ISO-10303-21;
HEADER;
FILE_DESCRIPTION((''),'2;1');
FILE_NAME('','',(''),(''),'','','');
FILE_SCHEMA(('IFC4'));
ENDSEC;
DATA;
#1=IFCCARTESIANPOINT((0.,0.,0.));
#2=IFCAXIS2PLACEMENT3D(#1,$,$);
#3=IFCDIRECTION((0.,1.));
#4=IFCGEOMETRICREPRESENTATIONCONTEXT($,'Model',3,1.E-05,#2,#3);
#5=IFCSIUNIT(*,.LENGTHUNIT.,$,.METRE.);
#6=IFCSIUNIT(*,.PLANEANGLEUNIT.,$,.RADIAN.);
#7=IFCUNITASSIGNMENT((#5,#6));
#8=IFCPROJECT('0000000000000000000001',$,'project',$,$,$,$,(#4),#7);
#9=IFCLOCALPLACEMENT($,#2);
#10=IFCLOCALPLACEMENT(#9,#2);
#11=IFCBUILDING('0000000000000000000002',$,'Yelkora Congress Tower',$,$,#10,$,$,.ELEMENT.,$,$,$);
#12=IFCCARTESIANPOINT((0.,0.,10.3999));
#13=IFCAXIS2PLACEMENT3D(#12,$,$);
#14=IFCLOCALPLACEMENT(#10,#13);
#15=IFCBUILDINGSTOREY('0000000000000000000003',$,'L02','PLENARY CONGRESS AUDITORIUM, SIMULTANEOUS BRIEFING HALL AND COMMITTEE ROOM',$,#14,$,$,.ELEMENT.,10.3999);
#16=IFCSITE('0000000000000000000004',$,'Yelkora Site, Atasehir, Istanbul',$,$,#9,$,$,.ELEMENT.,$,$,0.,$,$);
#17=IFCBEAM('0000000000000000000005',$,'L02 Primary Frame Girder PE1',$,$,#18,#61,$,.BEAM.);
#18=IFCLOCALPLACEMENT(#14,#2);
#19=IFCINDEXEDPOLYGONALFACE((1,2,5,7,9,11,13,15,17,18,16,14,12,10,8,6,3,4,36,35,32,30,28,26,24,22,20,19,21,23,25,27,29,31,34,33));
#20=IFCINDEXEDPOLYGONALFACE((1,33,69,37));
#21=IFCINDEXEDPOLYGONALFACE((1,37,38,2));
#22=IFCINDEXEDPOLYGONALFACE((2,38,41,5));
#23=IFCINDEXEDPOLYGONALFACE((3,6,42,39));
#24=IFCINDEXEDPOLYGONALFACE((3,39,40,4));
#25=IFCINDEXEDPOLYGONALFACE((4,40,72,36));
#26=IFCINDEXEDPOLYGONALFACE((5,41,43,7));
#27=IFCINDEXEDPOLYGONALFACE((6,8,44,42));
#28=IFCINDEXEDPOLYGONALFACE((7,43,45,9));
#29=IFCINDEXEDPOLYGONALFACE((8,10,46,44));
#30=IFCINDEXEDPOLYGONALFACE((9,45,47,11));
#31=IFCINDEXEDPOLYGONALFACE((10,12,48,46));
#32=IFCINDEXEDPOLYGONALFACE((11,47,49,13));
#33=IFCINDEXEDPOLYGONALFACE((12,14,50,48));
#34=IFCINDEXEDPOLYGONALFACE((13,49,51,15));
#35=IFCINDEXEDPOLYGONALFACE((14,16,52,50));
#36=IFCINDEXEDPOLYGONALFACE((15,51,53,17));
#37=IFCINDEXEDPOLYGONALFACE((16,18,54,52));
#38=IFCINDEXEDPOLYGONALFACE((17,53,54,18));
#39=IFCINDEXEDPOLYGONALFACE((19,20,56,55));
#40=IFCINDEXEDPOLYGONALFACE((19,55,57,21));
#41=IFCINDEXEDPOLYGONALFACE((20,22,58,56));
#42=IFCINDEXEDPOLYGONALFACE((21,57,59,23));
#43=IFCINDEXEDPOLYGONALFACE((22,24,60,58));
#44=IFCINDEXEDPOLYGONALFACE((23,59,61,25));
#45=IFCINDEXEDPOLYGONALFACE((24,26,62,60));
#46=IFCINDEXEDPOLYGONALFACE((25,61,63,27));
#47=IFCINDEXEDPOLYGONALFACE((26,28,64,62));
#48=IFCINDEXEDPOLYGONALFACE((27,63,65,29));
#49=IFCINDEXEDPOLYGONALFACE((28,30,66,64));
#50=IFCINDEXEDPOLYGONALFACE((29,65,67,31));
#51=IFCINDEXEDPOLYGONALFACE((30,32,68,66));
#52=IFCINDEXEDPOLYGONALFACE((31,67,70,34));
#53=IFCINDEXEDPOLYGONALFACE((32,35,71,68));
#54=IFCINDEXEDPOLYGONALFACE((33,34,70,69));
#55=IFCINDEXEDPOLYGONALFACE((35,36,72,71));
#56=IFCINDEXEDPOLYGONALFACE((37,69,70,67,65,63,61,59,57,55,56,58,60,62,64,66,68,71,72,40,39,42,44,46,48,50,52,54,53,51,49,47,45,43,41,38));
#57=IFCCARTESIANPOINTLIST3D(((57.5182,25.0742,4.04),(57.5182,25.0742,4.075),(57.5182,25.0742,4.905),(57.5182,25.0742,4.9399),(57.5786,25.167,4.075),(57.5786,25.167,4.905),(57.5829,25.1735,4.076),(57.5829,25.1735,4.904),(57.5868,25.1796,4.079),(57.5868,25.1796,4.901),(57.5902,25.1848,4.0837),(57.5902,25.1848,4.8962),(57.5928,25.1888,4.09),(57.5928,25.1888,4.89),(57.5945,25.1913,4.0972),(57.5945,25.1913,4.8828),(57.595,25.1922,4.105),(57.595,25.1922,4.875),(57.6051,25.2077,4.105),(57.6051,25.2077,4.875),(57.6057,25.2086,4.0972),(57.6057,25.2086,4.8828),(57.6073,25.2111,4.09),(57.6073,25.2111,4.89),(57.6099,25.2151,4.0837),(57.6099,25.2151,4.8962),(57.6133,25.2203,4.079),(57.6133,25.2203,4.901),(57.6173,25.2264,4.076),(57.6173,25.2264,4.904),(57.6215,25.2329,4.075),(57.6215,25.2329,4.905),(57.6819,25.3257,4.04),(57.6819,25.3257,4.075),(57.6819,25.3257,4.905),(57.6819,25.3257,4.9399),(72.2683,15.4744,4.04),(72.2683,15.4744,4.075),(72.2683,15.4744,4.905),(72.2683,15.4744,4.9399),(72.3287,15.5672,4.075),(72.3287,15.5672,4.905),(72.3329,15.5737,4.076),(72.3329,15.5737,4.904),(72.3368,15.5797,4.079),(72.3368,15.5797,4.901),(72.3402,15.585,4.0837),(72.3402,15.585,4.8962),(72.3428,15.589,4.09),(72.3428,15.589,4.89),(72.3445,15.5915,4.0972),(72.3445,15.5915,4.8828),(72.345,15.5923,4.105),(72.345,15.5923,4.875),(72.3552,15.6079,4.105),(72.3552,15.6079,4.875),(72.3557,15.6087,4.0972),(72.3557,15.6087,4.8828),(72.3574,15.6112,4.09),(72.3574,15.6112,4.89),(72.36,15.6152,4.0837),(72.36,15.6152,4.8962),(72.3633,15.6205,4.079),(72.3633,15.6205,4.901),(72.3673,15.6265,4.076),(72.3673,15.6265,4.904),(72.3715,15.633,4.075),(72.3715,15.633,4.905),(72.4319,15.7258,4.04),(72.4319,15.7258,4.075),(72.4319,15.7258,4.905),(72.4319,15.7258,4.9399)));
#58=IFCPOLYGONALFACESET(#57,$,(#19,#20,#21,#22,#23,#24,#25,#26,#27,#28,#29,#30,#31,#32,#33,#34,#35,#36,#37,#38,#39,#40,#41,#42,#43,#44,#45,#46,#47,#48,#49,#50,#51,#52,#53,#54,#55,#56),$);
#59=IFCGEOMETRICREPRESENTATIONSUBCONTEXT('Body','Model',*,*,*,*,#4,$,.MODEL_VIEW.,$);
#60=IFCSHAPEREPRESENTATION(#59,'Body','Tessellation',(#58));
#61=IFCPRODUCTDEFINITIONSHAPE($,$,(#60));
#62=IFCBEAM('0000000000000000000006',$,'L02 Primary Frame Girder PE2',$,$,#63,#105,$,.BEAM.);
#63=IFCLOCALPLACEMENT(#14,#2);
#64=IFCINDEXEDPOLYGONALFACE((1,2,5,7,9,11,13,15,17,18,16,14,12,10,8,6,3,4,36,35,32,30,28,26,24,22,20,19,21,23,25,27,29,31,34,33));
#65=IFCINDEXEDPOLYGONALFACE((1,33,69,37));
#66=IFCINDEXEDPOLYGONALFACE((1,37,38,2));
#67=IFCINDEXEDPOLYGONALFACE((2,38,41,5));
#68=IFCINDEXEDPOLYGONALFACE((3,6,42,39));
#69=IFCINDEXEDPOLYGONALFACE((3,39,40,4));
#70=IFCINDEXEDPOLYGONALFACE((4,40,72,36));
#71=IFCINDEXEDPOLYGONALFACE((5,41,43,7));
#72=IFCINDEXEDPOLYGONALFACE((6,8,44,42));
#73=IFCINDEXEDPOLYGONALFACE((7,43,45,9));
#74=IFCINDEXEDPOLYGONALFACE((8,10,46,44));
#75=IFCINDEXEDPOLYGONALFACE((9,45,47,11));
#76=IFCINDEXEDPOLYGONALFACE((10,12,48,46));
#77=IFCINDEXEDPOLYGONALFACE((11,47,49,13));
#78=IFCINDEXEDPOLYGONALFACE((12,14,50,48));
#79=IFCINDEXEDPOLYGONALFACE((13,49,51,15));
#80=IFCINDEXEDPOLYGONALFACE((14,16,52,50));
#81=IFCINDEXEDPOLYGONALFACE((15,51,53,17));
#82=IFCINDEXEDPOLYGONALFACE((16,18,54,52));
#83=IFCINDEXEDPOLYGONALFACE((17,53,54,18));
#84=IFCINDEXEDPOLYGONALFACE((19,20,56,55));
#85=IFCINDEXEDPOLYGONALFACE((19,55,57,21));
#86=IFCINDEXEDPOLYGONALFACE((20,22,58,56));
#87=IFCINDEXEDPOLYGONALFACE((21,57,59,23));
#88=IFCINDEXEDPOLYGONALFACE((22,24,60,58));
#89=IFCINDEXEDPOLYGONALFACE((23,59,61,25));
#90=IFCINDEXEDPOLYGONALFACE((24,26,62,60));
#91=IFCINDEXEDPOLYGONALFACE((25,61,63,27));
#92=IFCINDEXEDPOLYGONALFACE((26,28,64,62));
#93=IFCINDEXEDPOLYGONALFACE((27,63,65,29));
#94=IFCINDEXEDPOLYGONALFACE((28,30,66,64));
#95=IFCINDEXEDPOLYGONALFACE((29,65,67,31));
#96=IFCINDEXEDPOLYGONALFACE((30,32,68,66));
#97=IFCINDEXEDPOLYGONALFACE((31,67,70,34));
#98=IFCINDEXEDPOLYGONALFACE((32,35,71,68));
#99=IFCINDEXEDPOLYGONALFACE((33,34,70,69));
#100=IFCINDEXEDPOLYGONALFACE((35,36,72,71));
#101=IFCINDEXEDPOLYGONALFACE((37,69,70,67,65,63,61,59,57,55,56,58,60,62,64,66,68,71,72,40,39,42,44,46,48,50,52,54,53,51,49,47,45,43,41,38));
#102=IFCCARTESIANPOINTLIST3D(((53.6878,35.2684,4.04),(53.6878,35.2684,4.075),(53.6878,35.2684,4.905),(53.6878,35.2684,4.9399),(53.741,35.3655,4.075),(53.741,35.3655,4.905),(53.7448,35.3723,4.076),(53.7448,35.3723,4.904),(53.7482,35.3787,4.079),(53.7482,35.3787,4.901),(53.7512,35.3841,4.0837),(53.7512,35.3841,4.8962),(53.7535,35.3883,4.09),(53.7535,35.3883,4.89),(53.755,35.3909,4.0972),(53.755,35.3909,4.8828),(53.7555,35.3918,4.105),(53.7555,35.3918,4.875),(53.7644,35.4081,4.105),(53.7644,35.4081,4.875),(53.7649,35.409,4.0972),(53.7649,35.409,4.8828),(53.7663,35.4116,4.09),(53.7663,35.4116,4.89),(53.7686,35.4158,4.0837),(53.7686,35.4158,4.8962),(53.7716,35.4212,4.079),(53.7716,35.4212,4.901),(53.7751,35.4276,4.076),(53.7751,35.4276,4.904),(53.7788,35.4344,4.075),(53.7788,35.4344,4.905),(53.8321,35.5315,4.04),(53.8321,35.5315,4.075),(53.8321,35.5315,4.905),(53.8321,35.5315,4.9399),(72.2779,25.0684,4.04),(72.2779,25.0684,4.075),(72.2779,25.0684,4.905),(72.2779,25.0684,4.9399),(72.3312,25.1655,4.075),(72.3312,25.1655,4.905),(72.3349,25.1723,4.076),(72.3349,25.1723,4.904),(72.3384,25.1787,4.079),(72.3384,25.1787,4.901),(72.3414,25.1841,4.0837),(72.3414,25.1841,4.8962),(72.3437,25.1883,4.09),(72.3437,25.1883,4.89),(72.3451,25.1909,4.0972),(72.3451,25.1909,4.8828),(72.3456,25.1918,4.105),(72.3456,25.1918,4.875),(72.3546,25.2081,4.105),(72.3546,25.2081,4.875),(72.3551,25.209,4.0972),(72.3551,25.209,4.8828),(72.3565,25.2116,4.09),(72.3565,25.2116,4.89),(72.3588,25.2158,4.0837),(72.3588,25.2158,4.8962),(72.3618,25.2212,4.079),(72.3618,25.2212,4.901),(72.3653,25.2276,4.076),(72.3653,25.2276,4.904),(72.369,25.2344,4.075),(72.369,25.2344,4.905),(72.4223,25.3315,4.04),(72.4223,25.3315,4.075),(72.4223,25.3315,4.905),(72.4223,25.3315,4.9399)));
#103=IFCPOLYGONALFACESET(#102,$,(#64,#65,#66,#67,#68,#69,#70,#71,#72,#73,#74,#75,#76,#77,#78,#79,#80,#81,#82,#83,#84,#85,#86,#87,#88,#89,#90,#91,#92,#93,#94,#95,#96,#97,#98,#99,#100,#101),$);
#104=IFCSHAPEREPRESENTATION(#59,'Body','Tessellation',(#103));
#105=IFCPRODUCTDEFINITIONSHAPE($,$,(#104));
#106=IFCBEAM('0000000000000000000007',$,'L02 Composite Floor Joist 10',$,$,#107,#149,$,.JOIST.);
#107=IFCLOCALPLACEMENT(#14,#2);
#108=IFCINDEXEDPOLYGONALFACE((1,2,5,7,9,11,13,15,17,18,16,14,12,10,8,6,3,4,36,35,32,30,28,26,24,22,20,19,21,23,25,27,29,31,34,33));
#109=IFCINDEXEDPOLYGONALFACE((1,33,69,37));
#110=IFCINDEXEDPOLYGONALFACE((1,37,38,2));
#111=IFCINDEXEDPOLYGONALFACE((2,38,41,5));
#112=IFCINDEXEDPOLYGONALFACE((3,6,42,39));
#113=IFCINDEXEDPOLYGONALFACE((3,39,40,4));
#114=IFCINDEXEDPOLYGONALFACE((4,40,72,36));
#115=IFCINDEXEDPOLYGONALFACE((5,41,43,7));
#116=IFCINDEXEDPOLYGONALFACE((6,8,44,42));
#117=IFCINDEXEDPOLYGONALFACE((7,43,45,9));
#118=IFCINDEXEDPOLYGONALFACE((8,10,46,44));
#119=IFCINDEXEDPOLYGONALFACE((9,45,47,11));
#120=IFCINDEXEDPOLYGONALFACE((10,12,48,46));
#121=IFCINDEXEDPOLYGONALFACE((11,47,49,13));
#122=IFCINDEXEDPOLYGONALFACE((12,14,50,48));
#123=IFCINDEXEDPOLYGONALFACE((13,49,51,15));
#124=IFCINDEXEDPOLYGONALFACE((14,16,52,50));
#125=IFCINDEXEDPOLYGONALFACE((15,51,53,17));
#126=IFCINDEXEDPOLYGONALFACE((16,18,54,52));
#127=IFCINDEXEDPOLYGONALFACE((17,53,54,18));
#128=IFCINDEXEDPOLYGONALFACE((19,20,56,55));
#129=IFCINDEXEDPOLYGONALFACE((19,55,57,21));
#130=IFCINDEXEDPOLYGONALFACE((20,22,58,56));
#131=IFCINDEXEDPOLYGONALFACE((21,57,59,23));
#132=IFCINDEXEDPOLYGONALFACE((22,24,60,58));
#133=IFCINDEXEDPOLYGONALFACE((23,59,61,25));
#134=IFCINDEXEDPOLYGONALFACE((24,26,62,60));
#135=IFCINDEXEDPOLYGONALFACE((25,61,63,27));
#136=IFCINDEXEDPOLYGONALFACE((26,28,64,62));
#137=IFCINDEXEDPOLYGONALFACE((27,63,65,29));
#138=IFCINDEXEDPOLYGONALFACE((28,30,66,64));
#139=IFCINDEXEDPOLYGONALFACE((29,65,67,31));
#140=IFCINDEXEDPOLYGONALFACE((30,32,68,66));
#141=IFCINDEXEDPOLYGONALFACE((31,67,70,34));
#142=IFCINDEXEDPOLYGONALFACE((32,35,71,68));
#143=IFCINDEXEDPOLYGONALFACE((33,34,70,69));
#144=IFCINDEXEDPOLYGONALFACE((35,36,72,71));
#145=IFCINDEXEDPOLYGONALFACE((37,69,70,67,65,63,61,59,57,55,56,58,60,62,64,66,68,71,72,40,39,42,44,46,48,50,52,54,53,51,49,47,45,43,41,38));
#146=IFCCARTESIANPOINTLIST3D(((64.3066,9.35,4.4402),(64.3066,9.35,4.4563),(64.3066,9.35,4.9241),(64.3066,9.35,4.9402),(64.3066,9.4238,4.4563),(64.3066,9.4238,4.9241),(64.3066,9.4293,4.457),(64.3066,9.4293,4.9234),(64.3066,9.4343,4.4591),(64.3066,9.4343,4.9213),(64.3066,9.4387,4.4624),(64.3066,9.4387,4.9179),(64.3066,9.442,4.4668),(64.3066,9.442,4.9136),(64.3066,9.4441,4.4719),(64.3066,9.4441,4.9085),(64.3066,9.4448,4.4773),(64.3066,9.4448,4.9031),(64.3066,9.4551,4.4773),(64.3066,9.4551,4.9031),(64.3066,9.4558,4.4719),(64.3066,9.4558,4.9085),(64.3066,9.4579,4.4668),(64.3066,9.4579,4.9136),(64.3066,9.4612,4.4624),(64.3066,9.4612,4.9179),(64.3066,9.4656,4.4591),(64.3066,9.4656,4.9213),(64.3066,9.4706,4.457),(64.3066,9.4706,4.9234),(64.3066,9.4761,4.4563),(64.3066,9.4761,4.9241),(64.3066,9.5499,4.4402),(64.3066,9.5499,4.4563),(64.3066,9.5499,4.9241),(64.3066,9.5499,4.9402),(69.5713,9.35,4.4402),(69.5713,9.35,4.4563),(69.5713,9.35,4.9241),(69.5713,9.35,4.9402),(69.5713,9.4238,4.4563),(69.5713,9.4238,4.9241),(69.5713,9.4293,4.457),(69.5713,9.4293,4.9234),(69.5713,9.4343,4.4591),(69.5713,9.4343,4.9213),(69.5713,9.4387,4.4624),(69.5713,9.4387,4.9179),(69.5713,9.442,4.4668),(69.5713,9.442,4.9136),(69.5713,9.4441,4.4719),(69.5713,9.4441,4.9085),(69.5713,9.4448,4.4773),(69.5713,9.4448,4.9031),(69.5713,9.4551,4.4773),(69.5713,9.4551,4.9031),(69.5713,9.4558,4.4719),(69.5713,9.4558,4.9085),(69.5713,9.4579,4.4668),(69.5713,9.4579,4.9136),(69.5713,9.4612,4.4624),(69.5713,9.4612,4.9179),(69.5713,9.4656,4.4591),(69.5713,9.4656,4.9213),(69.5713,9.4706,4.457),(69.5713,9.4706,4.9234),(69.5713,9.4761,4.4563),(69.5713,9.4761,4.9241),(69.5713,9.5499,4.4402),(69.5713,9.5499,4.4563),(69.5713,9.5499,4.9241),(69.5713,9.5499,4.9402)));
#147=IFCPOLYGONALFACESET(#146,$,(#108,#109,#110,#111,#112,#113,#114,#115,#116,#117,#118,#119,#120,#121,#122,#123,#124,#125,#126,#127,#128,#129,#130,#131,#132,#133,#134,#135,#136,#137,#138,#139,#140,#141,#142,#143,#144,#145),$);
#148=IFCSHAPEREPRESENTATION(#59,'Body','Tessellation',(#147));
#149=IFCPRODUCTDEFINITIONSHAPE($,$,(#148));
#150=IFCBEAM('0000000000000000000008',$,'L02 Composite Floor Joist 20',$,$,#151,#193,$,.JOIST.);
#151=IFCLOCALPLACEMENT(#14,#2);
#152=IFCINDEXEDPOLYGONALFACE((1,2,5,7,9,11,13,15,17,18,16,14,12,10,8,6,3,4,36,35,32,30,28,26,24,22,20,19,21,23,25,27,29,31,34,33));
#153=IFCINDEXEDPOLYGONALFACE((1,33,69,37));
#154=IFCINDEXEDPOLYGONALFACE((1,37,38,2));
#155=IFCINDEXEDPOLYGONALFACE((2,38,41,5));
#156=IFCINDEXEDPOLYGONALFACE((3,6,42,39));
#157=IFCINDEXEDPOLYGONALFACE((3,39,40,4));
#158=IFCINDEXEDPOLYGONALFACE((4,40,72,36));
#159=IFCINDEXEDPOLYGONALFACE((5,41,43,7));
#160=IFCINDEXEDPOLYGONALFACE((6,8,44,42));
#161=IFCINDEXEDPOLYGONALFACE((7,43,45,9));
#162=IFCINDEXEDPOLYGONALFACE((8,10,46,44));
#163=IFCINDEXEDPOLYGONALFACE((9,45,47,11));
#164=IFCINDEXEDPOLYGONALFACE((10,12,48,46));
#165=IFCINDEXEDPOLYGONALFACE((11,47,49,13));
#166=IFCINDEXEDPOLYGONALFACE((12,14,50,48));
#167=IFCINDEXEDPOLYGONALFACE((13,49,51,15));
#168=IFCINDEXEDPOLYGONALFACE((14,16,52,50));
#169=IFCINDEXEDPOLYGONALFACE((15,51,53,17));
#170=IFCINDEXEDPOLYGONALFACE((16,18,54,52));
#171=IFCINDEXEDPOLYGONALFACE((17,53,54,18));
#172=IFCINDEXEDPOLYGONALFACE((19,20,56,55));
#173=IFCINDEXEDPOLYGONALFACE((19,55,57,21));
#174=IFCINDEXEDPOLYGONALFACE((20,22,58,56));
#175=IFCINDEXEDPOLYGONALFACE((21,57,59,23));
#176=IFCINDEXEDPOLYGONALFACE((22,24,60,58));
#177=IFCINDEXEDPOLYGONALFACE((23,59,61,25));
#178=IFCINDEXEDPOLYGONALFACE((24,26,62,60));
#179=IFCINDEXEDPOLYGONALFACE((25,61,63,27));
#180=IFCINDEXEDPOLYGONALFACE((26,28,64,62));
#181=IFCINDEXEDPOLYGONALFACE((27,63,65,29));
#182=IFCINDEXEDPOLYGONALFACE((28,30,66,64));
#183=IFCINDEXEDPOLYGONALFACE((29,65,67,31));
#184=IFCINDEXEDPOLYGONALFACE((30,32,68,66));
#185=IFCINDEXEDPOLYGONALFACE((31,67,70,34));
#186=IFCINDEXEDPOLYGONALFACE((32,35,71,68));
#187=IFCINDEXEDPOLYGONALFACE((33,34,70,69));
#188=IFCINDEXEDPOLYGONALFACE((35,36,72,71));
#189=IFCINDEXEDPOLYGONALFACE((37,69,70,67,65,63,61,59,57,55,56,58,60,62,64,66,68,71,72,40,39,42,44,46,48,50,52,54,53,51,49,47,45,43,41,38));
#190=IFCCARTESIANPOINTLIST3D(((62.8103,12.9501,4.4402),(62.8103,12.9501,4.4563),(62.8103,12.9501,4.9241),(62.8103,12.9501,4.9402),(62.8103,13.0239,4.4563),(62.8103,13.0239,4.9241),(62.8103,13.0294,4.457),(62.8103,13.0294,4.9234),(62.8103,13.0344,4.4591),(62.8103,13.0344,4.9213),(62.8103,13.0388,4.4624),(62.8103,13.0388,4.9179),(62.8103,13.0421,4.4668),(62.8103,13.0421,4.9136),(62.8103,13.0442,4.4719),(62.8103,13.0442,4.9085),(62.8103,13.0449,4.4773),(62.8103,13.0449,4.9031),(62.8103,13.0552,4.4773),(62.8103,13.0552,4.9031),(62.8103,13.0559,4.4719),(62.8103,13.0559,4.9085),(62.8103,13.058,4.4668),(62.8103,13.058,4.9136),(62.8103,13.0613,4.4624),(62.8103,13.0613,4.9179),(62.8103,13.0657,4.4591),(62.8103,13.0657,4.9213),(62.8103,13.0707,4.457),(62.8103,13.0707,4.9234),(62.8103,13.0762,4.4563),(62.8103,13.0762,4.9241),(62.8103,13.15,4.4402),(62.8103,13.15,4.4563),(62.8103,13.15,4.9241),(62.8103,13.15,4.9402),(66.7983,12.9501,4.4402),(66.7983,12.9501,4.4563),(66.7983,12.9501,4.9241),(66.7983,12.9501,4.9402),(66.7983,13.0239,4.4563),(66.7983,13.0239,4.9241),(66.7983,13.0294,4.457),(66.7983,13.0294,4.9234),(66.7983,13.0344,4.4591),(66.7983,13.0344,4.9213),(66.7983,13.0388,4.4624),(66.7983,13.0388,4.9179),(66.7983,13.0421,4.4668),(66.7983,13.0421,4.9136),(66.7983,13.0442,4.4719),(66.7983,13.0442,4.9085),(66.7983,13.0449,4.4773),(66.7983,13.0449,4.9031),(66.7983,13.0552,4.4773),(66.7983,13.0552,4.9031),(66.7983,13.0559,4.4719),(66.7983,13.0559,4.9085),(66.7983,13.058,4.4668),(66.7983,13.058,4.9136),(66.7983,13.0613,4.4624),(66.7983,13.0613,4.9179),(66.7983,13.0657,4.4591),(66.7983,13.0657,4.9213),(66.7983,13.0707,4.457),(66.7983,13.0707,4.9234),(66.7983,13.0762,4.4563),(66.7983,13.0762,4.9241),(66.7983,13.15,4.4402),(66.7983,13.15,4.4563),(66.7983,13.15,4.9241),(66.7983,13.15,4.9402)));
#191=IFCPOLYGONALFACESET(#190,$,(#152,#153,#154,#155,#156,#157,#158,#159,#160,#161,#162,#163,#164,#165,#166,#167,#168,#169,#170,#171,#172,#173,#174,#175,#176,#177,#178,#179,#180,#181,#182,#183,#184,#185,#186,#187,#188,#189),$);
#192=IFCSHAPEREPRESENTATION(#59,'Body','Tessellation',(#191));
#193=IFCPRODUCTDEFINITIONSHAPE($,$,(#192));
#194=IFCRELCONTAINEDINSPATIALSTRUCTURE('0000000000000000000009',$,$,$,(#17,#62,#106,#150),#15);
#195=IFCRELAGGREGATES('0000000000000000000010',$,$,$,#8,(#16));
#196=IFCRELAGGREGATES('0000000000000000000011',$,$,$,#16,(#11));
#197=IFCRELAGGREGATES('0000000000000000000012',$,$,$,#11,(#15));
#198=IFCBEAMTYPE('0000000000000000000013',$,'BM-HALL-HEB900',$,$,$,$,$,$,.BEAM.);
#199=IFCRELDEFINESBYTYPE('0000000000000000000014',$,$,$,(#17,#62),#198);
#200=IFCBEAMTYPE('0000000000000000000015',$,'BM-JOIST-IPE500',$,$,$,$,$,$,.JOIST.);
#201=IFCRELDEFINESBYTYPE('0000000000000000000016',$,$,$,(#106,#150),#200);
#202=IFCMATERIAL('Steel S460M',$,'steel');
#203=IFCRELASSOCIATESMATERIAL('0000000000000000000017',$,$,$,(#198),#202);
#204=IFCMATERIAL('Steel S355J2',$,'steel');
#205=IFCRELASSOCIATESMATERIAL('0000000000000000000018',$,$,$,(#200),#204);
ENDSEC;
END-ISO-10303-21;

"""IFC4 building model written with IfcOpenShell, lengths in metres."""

from ifc_helpers import new_model, si_unit, direction, frame, origin, origin_2d, place, context, subcontext, project, spatial, i_section, extrude, material, material_profile, profile_set, type_object, element, save


model = new_model("IFC4")

# Units and contexts
model_context = context("Model", 3, precision=1e-05, world=origin(), true_north=direction((0.0, 1.0)))
body_context = subcontext(model_context, "Body", "Model", "MODEL_VIEW")
ifc_project = project(units=[si_unit("LENGTHUNIT", "METRE"), si_unit("PLANEANGLEUNIT", "RADIAN")], contexts=[model_context])

# Site, building, storey
site_placement = place(None, origin())
site = spatial("IfcSite", under=ifc_project, at=site_placement, Name="Yelkora Site, Atasehir, Istanbul", CompositionType="ELEMENT", RefElevation=0.0)
building_placement = place(site_placement, origin())
building = spatial("IfcBuilding", under=site, at=building_placement, Name="Yelkora Congress Tower", CompositionType="ELEMENT")
storey_placement = place(building_placement, frame((0.0, 0.0, 10.3999)))
storey = spatial("IfcBuildingStorey", under=building, at=storey_placement, Name="L02", Description="PLENARY CONGRESS AUDITORIUM, SIMULTANEOUS BRIEFING HALL AND COMMITTEE ROOM", CompositionType="ELEMENT", Elevation=10.3999)

# Beams
ifc_material_1 = material(Name="Steel S460M", Category="steel")
ifc_material_profile_1 = material_profile(ifc_material_1, i_section(OverallWidth=0.3, OverallDepth=0.8999, WebThickness=0.0186, FlangeThickness=0.0349, FilletRadius=0.03, at=origin_2d()), Name="HEB 900")
ifc_profile_set_1 = profile_set([ifc_material_profile_1], Name="Steel S460M")
beam_type_1 = type_object("IfcBeamType", Name="BM-HALL-HEB900", PredefinedType="BEAM", material=ifc_profile_set_1)
beam_1_placement = place(storey_placement, frame((72.3501, 15.6001, 4.49), z_axis=(-0.838123, 0.545482, 0.0), x_axis=(-0.545482, -0.838123, 0.0)))
element("IfcBeam", 1, at=beam_1_placement, inside=storey, type_object=beam_type_1, Name="L02 Primary Frame Girder PE1", PredefinedType="BEAM", context=body_context, shape_type="SweptSolid", body=[
    extrude(i_section(OverallWidth=0.3, OverallDepth=0.8999, WebThickness=0.0186, FlangeThickness=0.0349, FilletRadius=0.03, at=origin_2d()), origin(), (0.0, 0.0, 1.0), 17.5989),
])
beam_2_placement = place(storey_placement, frame((72.3501, 25.2, 4.49), z_axis=(-0.876705, 0.481028, 0.0), x_axis=(-0.481028, -0.876705, 0.0)))
element("IfcBeam", 2, at=beam_2_placement, inside=storey, type_object=beam_type_1, Name="L02 Primary Frame Girder PE2", PredefinedType="BEAM", context=body_context, shape_type="SweptSolid", body=[
    extrude(i_section(OverallWidth=0.3, OverallDepth=0.8999, WebThickness=0.0186, FlangeThickness=0.0349, FilletRadius=0.03, at=origin_2d()), origin(), (0.0, 0.0, 1.0), 21.2046),
])
ifc_material_2 = material(Name="Steel S355J2", Category="steel")
ifc_material_profile_2 = material_profile(ifc_material_2, i_section(OverallWidth=0.2, OverallDepth=0.5, WebThickness=0.0103, FlangeThickness=0.0161, FilletRadius=0.021, at=origin_2d()), Name="IPE 500")
ifc_profile_set_2 = profile_set([ifc_material_profile_2], Name="Steel S355J2")
beam_type_2 = type_object("IfcBeamType", Name="BM-JOIST-IPE500", PredefinedType="JOIST", material=ifc_profile_set_2)
beam_3_placement = place(storey_placement, frame((64.3066, 9.45, 4.6902), z_axis=(1.0, 0.0, 0.0), x_axis=(0.0, 1.0, 0.0)))
element("IfcBeam", 3, at=beam_3_placement, inside=storey, type_object=beam_type_2, Name="L02 Composite Floor Joist 10", PredefinedType="JOIST", context=body_context, shape_type="SweptSolid", body=[
    extrude(i_section(OverallWidth=0.2, OverallDepth=0.5, WebThickness=0.0103, FlangeThickness=0.0161, FilletRadius=0.021, at=origin_2d()), origin(), (0.0, 0.0, 1.0), 5.2646),
])
beam_4_placement = place(storey_placement, frame((62.8103, 13.05, 4.6902), z_axis=(1.0, 0.0, 0.0), x_axis=(0.0, 1.0, 0.0)))
element("IfcBeam", 4, at=beam_4_placement, inside=storey, type_object=beam_type_2, Name="L02 Composite Floor Joist 20", PredefinedType="JOIST", context=body_context, shape_type="SweptSolid", body=[
    extrude(i_section(OverallWidth=0.2, OverallDepth=0.5, WebThickness=0.0103, FlangeThickness=0.0161, FilletRadius=0.021, at=origin_2d()), origin(), (0.0, 0.0, 1.0), 3.988),
])

save(model, "model.ifc")
